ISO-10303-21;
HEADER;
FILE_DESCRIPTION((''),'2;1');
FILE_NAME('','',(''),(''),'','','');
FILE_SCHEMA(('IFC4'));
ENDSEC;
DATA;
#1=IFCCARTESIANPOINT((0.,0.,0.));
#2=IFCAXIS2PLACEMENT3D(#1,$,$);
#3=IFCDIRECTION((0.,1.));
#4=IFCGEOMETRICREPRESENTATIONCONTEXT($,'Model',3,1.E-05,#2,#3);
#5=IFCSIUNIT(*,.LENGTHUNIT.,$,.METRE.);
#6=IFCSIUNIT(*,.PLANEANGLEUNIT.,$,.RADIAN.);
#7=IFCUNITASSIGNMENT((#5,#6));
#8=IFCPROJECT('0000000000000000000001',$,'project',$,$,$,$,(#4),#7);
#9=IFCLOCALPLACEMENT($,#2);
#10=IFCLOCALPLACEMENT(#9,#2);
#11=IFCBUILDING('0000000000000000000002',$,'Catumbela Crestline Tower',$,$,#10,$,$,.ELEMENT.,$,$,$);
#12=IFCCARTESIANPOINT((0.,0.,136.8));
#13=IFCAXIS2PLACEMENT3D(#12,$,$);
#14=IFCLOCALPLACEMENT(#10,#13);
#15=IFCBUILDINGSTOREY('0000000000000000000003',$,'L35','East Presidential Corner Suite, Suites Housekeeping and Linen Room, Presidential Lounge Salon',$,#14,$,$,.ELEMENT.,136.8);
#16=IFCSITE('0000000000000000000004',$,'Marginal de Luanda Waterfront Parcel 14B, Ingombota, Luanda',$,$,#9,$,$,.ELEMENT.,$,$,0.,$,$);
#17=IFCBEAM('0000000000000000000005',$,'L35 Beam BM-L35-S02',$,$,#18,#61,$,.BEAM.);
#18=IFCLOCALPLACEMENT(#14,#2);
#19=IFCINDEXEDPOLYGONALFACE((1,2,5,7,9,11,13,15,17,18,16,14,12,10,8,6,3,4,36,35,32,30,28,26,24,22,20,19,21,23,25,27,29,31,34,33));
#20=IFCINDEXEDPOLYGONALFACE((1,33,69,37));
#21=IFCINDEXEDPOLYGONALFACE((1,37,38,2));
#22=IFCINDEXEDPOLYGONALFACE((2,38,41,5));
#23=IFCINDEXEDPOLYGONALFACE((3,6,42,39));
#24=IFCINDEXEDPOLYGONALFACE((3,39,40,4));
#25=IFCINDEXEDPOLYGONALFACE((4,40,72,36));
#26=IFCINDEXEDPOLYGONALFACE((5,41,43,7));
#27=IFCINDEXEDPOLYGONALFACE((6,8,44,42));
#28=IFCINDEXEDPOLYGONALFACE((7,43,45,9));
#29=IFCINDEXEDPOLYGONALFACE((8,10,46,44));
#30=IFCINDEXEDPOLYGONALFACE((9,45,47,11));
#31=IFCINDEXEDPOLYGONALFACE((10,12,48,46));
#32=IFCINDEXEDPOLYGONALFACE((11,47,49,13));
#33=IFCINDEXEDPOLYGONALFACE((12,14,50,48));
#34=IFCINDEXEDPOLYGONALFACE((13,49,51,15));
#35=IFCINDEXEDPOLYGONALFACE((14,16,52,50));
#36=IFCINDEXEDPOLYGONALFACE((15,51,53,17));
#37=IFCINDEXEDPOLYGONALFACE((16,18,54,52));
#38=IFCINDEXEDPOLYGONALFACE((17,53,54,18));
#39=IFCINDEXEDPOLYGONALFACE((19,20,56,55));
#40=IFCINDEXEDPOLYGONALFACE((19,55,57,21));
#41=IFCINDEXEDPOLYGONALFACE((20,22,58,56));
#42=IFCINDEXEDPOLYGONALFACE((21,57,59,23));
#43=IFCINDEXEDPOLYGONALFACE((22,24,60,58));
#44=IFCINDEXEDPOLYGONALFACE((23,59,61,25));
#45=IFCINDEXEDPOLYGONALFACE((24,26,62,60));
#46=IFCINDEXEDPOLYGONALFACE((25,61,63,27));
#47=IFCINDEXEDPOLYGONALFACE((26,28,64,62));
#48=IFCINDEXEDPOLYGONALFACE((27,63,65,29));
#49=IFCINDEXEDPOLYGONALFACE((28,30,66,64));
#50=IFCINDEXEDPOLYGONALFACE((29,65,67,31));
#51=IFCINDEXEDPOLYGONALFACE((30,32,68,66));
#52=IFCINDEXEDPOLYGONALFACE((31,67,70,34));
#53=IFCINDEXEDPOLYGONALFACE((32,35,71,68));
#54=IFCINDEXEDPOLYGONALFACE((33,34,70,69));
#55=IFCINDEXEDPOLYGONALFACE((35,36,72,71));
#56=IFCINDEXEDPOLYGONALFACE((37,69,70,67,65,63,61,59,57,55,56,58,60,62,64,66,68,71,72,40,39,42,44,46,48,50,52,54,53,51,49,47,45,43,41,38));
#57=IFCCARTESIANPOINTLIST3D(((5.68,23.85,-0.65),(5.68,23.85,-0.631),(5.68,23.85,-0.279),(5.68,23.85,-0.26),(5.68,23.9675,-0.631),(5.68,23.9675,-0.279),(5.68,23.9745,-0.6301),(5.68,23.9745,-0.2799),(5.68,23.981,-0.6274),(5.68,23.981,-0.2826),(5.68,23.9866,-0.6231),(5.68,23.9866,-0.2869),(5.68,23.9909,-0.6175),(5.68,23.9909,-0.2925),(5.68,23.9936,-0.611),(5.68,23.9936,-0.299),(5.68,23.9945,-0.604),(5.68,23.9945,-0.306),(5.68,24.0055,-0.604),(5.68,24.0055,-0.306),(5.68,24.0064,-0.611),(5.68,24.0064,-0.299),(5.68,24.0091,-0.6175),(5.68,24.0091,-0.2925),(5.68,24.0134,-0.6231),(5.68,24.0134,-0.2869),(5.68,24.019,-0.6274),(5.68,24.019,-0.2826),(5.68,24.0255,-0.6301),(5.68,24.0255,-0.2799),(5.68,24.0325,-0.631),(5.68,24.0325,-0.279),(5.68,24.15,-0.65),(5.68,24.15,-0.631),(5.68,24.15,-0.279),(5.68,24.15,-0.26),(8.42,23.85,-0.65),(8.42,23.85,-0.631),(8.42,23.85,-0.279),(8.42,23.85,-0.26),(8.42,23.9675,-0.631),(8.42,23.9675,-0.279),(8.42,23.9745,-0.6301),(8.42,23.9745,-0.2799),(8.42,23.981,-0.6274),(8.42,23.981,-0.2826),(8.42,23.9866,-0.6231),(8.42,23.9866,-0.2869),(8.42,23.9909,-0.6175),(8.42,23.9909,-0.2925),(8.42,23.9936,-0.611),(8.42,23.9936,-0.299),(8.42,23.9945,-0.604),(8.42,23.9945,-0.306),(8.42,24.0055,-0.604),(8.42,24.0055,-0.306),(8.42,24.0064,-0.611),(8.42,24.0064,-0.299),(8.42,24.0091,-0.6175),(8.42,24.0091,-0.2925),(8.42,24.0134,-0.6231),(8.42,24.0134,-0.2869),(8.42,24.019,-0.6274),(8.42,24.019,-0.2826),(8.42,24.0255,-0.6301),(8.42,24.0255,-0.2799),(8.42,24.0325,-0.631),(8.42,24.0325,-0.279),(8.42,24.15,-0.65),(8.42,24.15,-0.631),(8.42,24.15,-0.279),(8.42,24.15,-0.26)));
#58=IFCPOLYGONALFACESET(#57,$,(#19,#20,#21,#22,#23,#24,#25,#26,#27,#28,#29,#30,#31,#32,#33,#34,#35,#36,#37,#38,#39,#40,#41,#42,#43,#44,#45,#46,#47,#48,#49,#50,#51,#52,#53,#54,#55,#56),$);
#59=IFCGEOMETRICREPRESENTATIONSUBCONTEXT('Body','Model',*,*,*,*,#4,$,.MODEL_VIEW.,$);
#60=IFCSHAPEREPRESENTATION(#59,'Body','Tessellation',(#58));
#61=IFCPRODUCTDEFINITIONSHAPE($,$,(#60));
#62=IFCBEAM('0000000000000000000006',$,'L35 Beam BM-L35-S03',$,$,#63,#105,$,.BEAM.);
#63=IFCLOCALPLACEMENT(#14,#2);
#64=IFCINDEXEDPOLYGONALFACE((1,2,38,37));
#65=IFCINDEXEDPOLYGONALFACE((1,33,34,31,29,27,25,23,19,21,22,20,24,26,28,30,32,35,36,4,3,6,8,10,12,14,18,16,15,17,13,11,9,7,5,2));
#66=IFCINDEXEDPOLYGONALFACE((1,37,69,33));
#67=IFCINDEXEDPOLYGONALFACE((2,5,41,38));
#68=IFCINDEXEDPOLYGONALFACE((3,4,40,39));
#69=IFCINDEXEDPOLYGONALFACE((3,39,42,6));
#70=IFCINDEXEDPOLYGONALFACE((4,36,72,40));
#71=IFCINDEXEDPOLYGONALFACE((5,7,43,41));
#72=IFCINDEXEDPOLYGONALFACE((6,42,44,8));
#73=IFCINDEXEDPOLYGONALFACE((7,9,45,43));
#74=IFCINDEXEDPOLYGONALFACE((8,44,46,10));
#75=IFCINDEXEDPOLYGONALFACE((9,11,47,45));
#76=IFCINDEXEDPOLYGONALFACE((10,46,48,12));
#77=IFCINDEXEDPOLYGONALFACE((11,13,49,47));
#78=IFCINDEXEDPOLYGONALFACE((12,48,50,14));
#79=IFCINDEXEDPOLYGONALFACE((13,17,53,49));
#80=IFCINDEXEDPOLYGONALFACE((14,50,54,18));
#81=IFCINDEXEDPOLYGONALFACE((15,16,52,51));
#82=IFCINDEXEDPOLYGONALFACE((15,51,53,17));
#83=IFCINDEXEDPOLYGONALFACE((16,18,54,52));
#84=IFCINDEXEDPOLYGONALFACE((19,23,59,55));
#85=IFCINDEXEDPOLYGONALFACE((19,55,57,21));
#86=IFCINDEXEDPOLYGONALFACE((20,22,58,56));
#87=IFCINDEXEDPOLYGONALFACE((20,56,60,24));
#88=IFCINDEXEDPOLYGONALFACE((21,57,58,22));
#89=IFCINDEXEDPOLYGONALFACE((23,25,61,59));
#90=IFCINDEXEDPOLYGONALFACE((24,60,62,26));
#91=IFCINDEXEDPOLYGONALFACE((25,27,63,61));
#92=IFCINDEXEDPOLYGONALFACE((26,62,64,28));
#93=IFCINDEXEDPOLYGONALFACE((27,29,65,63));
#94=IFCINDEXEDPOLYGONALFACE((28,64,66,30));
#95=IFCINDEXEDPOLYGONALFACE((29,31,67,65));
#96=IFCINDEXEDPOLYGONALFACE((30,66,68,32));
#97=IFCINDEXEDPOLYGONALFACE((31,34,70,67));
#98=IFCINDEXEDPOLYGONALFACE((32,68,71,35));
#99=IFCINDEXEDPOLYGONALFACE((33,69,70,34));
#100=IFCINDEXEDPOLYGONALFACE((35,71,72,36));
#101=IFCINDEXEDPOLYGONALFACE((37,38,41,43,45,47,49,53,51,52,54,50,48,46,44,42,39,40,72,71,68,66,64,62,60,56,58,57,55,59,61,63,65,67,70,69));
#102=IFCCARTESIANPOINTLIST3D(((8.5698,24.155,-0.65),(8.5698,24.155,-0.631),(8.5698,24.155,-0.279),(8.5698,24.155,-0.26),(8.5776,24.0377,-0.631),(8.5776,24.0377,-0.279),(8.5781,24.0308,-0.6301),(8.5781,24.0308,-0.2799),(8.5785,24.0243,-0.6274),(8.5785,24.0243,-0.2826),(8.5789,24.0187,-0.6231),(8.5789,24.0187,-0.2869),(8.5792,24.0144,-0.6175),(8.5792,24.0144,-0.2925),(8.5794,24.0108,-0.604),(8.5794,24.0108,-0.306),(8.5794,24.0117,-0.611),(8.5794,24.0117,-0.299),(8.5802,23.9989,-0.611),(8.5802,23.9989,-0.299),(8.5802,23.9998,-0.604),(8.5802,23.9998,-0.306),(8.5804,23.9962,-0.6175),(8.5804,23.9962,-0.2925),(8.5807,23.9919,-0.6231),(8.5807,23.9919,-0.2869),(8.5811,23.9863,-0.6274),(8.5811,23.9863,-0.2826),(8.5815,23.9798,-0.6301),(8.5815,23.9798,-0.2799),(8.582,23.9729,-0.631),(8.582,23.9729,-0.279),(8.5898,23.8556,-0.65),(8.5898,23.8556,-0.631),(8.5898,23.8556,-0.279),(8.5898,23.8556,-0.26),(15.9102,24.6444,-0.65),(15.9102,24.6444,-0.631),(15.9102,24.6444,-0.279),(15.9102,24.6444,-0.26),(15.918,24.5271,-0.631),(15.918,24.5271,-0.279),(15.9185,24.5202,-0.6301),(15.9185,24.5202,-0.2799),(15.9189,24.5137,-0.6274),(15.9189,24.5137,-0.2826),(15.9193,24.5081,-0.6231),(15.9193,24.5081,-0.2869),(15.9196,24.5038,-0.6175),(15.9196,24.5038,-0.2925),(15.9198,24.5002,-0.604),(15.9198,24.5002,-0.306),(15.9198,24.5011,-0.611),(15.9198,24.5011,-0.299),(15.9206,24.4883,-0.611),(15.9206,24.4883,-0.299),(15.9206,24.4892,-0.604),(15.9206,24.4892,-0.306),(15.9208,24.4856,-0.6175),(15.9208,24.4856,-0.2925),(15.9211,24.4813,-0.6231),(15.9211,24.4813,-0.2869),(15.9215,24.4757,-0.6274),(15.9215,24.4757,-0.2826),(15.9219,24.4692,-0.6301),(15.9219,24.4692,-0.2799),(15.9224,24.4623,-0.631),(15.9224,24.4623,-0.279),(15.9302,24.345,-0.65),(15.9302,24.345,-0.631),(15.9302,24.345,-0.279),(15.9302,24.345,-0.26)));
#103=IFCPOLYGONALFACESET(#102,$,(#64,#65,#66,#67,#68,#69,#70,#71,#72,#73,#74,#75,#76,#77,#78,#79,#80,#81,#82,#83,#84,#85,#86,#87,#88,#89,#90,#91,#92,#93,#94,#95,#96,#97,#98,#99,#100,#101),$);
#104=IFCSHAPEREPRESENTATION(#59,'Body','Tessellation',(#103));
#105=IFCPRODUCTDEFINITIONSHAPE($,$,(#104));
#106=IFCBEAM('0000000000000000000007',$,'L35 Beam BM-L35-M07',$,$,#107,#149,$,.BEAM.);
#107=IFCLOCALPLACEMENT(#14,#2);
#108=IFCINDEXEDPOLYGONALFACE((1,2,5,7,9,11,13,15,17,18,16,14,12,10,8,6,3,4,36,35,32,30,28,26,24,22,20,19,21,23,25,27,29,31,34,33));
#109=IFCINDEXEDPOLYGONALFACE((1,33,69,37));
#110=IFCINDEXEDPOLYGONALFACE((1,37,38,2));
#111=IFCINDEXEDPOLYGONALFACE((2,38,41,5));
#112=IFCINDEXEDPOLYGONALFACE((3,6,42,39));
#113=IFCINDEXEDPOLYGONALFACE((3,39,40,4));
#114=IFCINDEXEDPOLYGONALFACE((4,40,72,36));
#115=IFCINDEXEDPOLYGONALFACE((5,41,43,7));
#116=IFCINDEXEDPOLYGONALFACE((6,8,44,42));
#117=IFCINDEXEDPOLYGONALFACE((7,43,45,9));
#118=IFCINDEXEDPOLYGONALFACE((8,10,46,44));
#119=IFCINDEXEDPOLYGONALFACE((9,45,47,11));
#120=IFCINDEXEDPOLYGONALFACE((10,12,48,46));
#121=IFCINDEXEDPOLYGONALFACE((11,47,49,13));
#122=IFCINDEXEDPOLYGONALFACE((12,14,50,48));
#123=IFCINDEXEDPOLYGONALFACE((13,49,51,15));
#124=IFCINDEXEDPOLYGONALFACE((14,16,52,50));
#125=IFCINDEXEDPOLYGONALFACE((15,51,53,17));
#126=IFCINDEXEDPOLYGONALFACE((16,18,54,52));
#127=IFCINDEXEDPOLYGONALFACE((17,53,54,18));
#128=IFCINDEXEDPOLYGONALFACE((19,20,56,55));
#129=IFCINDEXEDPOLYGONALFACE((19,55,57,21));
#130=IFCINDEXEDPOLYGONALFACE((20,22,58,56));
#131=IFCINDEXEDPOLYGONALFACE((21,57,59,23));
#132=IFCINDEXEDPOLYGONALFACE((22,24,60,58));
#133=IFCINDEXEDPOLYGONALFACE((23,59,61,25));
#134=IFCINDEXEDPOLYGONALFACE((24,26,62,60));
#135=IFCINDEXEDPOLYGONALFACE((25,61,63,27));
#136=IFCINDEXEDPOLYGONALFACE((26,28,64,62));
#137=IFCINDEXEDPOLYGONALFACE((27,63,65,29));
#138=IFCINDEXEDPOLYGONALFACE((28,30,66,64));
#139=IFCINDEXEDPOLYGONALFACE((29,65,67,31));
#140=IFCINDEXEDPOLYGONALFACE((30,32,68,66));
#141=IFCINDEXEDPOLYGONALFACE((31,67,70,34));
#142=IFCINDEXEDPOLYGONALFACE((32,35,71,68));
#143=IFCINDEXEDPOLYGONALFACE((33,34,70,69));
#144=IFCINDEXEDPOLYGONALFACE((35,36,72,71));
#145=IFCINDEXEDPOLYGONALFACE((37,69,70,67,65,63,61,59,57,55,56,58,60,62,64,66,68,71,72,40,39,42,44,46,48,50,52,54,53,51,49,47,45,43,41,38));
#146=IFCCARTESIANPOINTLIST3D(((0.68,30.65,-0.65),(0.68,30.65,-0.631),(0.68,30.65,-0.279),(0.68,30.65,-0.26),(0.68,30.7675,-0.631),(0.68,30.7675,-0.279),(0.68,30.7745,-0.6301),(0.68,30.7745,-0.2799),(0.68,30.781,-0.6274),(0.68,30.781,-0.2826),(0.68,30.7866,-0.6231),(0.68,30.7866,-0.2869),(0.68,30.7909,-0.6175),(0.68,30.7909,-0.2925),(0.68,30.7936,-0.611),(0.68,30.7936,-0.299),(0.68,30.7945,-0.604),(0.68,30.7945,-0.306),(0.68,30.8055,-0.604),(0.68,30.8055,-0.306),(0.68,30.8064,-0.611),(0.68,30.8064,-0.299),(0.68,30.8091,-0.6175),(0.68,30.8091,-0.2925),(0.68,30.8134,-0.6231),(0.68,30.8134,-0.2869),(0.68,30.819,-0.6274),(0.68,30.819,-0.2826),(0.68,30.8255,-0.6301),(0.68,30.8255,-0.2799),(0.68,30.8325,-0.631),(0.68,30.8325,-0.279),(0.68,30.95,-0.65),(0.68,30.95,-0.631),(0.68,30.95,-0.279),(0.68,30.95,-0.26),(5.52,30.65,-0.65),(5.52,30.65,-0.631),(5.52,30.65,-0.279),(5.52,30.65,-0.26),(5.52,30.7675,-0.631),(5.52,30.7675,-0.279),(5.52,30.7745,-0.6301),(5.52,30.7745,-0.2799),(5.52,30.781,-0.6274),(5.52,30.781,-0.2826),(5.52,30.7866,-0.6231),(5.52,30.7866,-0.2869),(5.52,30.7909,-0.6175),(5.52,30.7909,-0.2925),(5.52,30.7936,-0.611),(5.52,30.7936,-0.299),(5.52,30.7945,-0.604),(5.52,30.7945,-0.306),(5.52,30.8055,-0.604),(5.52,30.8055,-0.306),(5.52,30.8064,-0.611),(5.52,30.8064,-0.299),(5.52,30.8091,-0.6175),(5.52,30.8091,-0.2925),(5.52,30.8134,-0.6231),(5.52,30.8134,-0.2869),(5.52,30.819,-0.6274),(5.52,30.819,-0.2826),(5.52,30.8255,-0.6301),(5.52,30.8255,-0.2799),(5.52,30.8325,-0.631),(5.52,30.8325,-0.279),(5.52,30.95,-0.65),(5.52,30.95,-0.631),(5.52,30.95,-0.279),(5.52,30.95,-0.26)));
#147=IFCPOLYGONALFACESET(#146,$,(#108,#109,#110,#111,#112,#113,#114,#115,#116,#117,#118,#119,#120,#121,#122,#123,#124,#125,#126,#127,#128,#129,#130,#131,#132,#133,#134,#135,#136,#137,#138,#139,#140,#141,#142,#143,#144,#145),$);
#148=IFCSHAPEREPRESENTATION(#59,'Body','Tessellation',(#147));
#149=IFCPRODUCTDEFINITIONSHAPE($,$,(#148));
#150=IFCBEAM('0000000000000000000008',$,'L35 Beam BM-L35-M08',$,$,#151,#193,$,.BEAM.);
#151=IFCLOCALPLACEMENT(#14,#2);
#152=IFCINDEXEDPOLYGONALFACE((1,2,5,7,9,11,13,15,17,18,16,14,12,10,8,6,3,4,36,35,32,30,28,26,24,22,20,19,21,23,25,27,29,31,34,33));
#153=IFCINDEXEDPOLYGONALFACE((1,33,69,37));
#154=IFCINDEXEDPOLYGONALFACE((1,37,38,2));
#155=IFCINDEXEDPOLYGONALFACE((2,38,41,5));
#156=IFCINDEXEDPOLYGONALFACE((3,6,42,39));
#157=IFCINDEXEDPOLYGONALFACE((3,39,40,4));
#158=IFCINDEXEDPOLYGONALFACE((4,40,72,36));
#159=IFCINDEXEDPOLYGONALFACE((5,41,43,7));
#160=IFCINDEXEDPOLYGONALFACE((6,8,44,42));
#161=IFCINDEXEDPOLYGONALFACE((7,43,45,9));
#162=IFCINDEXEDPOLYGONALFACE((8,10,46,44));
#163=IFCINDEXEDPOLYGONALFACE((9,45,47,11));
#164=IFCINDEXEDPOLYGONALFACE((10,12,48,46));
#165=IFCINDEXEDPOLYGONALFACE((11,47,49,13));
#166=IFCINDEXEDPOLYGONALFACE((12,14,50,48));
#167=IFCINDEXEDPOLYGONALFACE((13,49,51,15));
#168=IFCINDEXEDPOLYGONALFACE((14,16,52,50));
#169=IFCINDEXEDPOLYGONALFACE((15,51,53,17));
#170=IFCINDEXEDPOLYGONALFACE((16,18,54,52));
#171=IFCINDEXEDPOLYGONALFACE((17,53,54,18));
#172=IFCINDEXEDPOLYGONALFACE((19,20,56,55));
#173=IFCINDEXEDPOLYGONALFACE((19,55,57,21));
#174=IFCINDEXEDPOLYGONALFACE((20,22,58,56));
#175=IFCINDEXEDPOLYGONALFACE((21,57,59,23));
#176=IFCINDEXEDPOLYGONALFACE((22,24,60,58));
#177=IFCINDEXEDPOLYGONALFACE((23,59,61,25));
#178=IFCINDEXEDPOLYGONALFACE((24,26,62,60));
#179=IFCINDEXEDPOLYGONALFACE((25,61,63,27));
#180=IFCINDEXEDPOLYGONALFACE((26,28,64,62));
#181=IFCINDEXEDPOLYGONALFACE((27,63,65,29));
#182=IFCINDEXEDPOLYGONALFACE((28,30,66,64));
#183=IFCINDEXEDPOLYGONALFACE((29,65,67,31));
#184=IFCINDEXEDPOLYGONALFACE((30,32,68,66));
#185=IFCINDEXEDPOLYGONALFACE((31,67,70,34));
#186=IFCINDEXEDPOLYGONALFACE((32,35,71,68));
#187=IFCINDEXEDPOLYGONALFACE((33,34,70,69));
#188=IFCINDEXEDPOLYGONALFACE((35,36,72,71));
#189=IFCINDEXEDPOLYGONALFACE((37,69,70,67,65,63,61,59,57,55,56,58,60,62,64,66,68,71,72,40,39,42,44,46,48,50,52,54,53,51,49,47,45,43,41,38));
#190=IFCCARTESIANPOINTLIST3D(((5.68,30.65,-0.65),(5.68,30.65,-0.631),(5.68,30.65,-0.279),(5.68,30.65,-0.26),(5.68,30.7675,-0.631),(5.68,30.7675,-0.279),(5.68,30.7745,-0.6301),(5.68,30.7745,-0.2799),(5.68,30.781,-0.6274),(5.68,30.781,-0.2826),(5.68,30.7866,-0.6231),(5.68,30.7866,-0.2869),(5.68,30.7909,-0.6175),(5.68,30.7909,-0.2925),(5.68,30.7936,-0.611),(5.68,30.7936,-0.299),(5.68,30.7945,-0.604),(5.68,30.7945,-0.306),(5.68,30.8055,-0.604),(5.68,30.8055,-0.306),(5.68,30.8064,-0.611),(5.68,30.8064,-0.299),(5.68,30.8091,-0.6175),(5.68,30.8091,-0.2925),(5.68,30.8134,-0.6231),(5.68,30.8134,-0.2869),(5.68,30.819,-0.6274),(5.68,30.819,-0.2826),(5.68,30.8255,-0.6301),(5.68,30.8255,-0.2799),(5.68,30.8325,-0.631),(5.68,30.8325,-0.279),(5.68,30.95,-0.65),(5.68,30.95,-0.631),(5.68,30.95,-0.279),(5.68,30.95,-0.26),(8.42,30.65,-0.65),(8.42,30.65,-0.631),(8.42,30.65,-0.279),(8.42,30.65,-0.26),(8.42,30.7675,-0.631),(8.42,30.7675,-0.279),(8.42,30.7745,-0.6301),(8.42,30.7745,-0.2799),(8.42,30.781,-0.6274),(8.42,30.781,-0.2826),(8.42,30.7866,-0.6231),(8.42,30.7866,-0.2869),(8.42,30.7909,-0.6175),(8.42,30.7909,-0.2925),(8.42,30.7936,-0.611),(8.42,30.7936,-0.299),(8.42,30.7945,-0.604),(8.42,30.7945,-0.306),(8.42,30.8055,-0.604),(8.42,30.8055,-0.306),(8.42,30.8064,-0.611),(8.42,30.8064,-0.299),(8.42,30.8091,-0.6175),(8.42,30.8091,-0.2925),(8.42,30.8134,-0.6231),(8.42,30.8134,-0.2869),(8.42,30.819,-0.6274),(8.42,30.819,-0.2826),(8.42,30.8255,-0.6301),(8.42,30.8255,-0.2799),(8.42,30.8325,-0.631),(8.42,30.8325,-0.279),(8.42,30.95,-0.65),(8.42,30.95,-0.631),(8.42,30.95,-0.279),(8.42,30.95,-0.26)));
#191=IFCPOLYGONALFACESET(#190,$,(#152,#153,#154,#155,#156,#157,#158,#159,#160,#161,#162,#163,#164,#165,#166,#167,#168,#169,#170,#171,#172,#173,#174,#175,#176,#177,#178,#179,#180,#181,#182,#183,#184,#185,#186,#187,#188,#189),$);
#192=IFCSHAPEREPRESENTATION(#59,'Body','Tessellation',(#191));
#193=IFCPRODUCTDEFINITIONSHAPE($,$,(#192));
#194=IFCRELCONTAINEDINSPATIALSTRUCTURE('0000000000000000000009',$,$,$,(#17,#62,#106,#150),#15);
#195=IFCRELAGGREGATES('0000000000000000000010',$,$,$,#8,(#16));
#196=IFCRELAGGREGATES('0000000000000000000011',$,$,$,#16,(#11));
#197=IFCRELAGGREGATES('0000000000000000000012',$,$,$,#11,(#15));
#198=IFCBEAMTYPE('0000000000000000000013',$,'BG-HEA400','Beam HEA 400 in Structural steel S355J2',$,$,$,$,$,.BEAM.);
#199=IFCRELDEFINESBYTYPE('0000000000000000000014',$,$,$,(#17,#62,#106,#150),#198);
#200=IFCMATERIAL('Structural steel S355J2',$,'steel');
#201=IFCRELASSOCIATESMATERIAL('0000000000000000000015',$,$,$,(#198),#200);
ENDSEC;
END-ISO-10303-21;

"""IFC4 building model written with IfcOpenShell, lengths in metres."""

from ifc_helpers import new_model, si_unit, direction, frame, origin, origin_2d, place, context, subcontext, project, spatial, i_section, extrude, material, material_profile, profile_set, type_object, element, save


model = new_model("IFC4")

# Units and contexts
model_context = context("Model", 3, precision=1e-05, world=origin(), true_north=direction((0.0, 1.0)))
body_context = subcontext(model_context, "Body", "Model", "MODEL_VIEW")
ifc_project = project(units=[si_unit("LENGTHUNIT", "METRE"), si_unit("PLANEANGLEUNIT", "RADIAN")], contexts=[model_context])

# Site, building, storey
site_placement = place(None, origin())
site = spatial("IfcSite", under=ifc_project, at=site_placement, Name="Marginal de Luanda Waterfront Parcel 14B, Ingombota, Luanda", CompositionType="ELEMENT", RefElevation=0.0)
building_placement = place(site_placement, origin())
building = spatial("IfcBuilding", under=site, at=building_placement, Name="Catumbela Crestline Tower", CompositionType="ELEMENT")
storey_placement = place(building_placement, frame((0.0, 0.0, 136.8)))
storey = spatial("IfcBuildingStorey", under=building, at=storey_placement, Name="L35", Description="East Presidential Corner Suite, Suites Housekeeping and Linen Room, Presidential Lounge Salon", CompositionType="ELEMENT", Elevation=136.8)

# Beams
ifc_material_1 = material(Name="Structural steel S355J2", Category="steel")
ifc_material_profile_1 = material_profile(ifc_material_1, i_section(OverallWidth=0.3, OverallDepth=0.39, WebThickness=0.011, FlangeThickness=0.019, FilletRadius=0.027, at=origin_2d()), Name="HEA 400")
ifc_profile_set_1 = profile_set([ifc_material_profile_1], Name="Structural steel S355J2")
beam_type = type_object("IfcBeamType", Name="BG-HEA400", Description="Beam HEA 400 in Structural steel S355J2", PredefinedType="BEAM", material=ifc_profile_set_1)
beam_1_placement = place(storey_placement, frame((5.68, 24.0, -0.455), z_axis=(1.0, 0.0, 0.0), x_axis=(0.0, 1.0, 0.0)))
element("IfcBeam", 1, at=beam_1_placement, inside=storey, type_object=beam_type, Name="L35 Beam BM-L35-S02", PredefinedType="BEAM", context=body_context, shape_type="SweptSolid", body=[
    extrude(i_section(OverallWidth=0.3, OverallDepth=0.39, WebThickness=0.011, FlangeThickness=0.019, FilletRadius=0.027, at=origin_2d()), origin(), (0.0, 0.0, 1.0), 2.74),
])
beam_2_placement = place(storey_placement, frame((8.5798, 24.0053, -0.455), z_axis=(0.997785, 0.066524, 0.0), x_axis=(-0.066524, 0.997785, 0.0)))
element("IfcBeam", 2, at=beam_2_placement, inside=storey, type_object=beam_type, Name="L35 Beam BM-L35-S03", PredefinedType="BEAM", context=body_context, shape_type="SweptSolid", body=[
    extrude(i_section(OverallWidth=0.3, OverallDepth=0.39, WebThickness=0.011, FlangeThickness=0.019, FilletRadius=0.027, at=origin_2d()), origin(), (0.0, 0.0, 1.0), 7.3567),
])
beam_3_placement = place(storey_placement, frame((0.68, 30.8, -0.455), z_axis=(1.0, 0.0, 0.0), x_axis=(0.0, 1.0, 0.0)))
element("IfcBeam", 3, at=beam_3_placement, inside=storey, type_object=beam_type, Name="L35 Beam BM-L35-M07", PredefinedType="BEAM", context=body_context, shape_type="SweptSolid", body=[
    extrude(i_section(OverallWidth=0.3, OverallDepth=0.39, WebThickness=0.011, FlangeThickness=0.019, FilletRadius=0.027, at=origin_2d()), origin(), (0.0, 0.0, 1.0), 4.84),
])
beam_4_placement = place(storey_placement, frame((5.68, 30.8, -0.455), z_axis=(1.0, 0.0, 0.0), x_axis=(0.0, 1.0, 0.0)))
element("IfcBeam", 4, at=beam_4_placement, inside=storey, type_object=beam_type, Name="L35 Beam BM-L35-M08", PredefinedType="BEAM", context=body_context, shape_type="SweptSolid", body=[
    extrude(i_section(OverallWidth=0.3, OverallDepth=0.39, WebThickness=0.011, FlangeThickness=0.019, FilletRadius=0.027, at=origin_2d()), origin(), (0.0, 0.0, 1.0), 2.74),
])

save(model, "model.ifc")
